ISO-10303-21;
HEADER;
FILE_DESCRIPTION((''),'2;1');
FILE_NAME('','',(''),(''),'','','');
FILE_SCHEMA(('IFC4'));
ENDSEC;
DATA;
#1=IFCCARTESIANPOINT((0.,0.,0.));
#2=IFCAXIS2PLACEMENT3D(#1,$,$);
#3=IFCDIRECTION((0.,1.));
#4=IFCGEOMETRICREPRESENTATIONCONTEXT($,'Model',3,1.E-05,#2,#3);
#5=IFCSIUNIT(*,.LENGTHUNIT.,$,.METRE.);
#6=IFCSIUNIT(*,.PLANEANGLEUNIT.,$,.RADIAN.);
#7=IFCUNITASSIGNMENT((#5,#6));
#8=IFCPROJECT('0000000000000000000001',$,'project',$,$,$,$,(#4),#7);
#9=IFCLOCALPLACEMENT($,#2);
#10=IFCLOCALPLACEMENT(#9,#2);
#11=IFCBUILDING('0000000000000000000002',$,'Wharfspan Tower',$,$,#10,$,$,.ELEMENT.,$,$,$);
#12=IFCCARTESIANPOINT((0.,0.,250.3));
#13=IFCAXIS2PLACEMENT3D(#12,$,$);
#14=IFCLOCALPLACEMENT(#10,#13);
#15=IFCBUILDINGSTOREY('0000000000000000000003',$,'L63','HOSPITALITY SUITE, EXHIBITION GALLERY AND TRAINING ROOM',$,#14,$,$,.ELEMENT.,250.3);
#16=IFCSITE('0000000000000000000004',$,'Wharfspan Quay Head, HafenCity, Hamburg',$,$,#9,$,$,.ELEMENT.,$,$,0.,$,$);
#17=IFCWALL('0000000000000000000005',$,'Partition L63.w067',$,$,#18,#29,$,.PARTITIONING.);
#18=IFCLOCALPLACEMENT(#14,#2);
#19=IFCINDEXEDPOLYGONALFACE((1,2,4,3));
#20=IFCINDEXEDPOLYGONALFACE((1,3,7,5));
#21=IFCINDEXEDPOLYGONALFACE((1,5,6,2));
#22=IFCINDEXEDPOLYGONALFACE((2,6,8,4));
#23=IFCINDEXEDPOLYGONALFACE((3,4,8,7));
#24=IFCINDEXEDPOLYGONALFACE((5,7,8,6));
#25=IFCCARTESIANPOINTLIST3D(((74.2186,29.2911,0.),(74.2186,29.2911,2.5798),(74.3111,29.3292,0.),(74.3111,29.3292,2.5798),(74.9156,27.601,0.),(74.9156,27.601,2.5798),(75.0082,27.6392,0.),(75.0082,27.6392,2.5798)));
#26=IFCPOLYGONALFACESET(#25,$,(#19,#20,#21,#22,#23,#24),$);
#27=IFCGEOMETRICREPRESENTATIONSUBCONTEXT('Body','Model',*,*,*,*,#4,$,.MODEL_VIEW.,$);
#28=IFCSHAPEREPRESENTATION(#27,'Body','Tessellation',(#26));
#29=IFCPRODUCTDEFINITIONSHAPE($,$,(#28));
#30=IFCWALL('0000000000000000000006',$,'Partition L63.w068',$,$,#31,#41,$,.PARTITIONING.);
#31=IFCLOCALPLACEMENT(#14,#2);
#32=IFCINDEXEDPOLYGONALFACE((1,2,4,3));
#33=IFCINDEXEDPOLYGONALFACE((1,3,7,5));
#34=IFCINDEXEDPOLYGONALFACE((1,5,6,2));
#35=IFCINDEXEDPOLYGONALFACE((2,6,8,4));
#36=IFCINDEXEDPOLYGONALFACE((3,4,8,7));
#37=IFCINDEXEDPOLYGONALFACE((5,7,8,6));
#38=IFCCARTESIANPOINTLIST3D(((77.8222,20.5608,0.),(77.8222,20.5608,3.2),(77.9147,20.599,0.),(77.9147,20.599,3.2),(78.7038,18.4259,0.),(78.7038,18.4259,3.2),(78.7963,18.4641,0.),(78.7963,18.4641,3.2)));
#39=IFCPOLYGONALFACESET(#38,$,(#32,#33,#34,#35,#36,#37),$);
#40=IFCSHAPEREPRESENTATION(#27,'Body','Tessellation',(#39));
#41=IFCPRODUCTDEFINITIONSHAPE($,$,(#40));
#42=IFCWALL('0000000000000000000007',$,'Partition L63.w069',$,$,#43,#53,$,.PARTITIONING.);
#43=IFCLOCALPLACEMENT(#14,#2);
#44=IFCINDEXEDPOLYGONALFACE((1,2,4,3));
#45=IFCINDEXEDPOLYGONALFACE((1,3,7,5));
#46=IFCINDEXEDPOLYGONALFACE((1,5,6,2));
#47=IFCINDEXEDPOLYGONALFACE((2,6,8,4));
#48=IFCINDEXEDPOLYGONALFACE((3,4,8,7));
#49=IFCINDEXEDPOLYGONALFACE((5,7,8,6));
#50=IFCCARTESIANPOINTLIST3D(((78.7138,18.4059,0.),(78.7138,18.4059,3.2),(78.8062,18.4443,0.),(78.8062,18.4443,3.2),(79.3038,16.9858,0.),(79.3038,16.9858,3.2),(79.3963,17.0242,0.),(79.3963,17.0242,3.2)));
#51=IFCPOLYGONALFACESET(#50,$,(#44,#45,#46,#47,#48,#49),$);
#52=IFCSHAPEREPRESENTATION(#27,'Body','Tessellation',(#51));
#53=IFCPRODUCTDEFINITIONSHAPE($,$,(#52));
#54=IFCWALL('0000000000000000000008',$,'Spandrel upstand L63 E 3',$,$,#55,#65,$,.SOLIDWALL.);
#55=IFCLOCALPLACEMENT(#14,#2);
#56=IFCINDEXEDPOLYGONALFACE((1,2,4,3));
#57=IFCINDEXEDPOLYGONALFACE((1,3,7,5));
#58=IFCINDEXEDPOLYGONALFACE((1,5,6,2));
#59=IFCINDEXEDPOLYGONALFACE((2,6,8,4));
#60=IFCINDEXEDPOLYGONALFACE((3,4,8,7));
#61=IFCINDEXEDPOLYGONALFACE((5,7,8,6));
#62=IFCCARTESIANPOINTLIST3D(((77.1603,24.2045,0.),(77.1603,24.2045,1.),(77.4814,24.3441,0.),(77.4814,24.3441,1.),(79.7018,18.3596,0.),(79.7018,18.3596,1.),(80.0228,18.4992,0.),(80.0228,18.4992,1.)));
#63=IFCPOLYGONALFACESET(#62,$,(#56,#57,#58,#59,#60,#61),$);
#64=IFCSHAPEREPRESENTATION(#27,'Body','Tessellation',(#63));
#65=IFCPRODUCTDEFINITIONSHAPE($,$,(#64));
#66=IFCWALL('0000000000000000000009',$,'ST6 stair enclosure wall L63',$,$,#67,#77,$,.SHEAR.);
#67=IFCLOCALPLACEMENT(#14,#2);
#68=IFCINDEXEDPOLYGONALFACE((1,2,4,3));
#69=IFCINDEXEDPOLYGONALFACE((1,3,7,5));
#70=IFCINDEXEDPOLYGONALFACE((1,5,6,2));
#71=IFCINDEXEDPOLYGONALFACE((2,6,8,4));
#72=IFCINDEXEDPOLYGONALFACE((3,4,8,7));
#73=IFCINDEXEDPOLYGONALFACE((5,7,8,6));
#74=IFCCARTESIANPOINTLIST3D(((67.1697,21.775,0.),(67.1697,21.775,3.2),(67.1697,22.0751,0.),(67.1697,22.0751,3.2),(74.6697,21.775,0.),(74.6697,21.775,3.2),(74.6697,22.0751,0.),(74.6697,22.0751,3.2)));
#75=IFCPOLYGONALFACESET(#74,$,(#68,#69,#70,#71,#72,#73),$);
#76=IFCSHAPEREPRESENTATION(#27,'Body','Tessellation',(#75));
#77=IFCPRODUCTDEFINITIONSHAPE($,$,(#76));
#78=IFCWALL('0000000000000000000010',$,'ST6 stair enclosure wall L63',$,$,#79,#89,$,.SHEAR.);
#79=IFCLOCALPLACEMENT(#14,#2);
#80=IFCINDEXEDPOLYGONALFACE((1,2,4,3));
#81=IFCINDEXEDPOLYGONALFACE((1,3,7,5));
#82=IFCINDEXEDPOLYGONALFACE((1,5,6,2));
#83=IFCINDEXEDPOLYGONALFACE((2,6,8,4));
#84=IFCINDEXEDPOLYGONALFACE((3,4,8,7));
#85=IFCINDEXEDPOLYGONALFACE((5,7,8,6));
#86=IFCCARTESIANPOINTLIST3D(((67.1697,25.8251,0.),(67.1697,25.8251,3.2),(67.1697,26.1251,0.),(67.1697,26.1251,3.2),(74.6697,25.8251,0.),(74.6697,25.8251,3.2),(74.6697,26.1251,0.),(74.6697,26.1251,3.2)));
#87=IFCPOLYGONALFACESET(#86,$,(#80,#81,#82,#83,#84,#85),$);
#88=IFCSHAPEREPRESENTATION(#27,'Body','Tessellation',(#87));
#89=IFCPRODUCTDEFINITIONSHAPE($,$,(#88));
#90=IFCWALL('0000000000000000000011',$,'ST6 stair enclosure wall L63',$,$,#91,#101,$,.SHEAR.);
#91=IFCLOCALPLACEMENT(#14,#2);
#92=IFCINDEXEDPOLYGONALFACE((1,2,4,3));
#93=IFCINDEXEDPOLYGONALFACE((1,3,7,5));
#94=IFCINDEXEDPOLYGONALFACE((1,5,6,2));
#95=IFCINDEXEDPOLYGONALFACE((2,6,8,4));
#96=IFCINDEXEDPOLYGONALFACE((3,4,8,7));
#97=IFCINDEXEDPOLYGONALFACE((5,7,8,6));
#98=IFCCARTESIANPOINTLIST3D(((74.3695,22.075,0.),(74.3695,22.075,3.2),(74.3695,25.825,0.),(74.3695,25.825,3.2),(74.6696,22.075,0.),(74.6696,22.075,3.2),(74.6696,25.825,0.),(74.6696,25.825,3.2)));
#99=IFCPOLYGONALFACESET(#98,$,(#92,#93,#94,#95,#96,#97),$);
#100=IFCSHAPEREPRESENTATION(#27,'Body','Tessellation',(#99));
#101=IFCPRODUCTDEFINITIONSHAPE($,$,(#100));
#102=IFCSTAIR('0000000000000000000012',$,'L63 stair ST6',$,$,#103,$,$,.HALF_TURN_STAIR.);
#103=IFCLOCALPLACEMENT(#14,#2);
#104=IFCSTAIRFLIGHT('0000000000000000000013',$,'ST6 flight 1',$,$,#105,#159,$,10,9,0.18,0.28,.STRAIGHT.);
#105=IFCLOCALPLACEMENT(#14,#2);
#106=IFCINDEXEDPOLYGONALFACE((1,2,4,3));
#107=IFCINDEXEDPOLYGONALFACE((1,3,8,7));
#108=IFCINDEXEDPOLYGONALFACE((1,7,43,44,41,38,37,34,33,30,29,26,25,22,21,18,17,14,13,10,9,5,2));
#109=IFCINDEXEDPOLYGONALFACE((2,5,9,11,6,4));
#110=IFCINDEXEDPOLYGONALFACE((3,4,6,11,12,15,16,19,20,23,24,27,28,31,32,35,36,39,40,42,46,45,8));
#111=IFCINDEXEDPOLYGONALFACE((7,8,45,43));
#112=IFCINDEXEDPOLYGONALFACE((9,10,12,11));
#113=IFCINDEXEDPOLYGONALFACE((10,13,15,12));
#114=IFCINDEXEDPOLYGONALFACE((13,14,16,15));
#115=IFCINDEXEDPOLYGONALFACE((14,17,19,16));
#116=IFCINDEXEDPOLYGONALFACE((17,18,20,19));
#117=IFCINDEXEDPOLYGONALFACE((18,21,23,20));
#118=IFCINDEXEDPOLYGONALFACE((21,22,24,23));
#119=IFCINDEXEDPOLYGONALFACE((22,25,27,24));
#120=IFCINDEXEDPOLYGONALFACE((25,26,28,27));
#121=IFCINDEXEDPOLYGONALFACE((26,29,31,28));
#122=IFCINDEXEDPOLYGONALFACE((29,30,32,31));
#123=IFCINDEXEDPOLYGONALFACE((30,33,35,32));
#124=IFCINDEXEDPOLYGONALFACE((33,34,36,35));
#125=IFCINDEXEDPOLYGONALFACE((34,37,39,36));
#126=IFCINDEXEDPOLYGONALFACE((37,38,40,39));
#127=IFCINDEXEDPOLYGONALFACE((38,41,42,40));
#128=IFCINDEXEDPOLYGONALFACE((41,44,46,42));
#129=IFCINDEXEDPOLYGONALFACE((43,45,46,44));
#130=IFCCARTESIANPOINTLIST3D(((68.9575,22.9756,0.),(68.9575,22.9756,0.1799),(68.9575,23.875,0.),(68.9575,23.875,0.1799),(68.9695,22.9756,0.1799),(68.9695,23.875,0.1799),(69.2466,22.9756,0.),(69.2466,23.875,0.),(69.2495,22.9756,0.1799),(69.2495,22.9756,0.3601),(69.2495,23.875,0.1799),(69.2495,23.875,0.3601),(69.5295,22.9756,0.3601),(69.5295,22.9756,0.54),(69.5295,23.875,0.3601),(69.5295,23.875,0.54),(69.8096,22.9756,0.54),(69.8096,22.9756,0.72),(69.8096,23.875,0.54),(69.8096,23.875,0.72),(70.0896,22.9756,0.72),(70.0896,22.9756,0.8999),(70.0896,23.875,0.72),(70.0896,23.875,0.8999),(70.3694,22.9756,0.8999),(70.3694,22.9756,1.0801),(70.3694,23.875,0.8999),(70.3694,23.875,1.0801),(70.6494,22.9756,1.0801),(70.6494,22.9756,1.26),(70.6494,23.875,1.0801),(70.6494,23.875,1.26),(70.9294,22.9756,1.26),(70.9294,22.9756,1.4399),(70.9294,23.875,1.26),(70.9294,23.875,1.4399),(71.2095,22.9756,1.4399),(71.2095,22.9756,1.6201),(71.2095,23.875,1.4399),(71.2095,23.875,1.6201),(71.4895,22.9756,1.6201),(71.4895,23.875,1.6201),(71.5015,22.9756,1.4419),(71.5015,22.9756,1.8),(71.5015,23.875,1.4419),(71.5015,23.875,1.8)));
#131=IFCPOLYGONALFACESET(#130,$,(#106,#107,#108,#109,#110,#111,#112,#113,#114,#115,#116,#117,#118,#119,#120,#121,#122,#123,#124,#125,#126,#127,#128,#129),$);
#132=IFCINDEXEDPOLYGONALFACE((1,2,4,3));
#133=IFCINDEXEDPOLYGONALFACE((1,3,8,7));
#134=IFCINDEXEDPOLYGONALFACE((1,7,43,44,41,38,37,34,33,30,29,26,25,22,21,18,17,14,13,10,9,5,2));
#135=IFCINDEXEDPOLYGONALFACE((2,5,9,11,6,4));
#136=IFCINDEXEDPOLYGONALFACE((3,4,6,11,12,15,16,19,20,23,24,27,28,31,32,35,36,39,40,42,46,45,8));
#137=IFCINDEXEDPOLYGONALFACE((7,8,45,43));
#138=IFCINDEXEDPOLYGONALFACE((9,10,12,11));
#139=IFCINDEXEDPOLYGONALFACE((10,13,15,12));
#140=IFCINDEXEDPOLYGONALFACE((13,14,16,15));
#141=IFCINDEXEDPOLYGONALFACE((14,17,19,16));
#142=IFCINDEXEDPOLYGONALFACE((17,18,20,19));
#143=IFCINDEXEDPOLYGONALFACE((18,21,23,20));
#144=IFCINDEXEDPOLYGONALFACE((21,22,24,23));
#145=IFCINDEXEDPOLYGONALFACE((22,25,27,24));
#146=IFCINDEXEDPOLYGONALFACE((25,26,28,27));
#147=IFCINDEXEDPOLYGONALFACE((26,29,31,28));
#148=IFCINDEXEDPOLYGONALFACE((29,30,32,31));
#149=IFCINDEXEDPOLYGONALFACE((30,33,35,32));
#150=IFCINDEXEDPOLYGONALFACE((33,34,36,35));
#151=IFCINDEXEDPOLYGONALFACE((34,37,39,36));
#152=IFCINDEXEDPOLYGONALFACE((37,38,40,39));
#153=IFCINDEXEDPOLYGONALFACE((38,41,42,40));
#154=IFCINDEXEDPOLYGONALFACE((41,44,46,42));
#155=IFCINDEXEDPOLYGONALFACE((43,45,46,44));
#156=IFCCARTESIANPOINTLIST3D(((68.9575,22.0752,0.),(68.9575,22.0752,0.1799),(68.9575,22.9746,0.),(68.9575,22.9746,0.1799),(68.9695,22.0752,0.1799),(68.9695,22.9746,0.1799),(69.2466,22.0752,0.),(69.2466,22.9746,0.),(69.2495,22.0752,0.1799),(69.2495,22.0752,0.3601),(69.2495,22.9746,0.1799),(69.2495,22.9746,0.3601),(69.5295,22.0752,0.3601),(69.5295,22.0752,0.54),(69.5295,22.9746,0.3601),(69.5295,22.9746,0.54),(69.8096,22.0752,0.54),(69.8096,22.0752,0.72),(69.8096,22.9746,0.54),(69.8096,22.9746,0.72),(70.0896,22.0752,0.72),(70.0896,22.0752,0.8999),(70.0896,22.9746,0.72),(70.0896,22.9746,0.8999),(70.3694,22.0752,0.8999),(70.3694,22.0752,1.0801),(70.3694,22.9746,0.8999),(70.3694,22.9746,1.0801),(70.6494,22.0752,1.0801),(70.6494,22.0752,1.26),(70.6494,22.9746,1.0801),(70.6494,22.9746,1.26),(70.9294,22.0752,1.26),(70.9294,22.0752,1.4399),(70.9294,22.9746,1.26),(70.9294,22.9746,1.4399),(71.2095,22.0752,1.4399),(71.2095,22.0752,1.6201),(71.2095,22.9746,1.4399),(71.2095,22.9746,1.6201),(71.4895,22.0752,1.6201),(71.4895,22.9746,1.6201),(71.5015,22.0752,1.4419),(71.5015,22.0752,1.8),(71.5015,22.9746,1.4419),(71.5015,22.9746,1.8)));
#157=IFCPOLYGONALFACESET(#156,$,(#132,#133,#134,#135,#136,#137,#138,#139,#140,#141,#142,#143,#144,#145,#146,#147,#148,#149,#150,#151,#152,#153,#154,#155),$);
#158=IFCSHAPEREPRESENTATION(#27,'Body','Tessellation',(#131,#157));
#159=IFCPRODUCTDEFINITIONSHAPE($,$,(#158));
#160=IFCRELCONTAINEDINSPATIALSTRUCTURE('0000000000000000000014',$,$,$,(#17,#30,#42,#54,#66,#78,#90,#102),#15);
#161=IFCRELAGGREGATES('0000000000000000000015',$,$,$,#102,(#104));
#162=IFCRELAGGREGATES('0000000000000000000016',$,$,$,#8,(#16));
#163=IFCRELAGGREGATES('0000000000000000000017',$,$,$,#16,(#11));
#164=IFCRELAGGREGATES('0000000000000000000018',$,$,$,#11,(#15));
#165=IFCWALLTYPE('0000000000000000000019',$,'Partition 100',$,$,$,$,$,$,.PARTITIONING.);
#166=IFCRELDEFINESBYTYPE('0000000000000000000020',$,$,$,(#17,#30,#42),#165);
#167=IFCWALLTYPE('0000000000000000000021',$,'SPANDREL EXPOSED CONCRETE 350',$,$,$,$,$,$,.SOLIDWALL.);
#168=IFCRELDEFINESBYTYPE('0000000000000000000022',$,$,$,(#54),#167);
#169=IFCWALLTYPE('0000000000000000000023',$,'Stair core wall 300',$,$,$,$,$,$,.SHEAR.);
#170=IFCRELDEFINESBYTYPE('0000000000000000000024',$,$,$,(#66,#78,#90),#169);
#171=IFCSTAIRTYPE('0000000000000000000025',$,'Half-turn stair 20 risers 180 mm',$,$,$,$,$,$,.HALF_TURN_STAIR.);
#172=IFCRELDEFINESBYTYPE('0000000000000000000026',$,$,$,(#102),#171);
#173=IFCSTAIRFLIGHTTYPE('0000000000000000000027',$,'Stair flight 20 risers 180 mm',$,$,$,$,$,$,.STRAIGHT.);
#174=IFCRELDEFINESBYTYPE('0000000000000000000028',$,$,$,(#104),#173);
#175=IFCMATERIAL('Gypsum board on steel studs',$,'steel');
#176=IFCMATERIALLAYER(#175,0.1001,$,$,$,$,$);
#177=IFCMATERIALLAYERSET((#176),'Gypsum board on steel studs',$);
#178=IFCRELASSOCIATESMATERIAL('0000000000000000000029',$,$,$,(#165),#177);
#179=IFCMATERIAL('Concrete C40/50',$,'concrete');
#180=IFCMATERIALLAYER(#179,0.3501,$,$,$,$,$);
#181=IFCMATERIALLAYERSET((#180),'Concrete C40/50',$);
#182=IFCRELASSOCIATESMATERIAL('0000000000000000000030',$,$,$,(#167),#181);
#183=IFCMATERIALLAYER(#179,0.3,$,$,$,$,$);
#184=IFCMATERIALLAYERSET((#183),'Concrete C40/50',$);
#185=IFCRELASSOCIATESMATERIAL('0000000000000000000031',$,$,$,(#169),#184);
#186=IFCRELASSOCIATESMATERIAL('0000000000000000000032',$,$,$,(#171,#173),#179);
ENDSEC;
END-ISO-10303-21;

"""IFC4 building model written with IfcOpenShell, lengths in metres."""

from ifc_helpers import new_model, si_unit, direction, frame, frame_2d, origin, place, context, subcontext, project, spatial, polyline, rectangle, outline, extrude, material, layer, layer_set, type_object, element, aggregate, save


model = new_model("IFC4")

# Units and contexts
model_context = context("Model", 3, precision=1e-05, world=origin(), true_north=direction((0.0, 1.0)))
body_context = subcontext(model_context, "Body", "Model", "MODEL_VIEW")
ifc_project = project(units=[si_unit("LENGTHUNIT", "METRE"), si_unit("PLANEANGLEUNIT", "RADIAN")], contexts=[model_context])

# Site, building, storey
site_placement = place(None, origin())
site = spatial("IfcSite", under=ifc_project, at=site_placement, Name="Wharfspan Quay Head, HafenCity, Hamburg", CompositionType="ELEMENT", RefElevation=0.0)
building_placement = place(site_placement, origin())
building = spatial("IfcBuilding", under=site, at=building_placement, Name="Wharfspan Tower", CompositionType="ELEMENT")
storey_placement = place(building_placement, frame((0.0, 0.0, 250.3)))
storey = spatial("IfcBuildingStorey", under=building, at=storey_placement, Name="L63", Description="HOSPITALITY SUITE, EXHIBITION GALLERY AND TRAINING ROOM", CompositionType="ELEMENT", Elevation=250.3)

# Shared definitions
ifc_material_1 = material(Name="Gypsum board on steel studs", Category="steel")

# Walls
ifc_layer_1 = layer(ifc_material_1, 0.1001)
ifc_layer_set_1 = layer_set([ifc_layer_1], Name="Gypsum board on steel studs")
wall_type_1 = type_object("IfcWallType", Name="Partition 100", PredefinedType="PARTITIONING", material=ifc_layer_set_1)
wall_1_placement = place(storey_placement, frame((74.9619, 27.6201, 0.0), z_axis=(0.0, 0.0, 1.0), x_axis=(-0.381293, 0.924452, 0.0)))
element("IfcWall", 1, at=wall_1_placement, inside=storey, type_object=wall_type_1, Name="Partition L63.w067", PredefinedType="PARTITIONING", context=body_context, shape_type="SweptSolid", body=[
    extrude(rectangle(XDim=1.8281, YDim=0.1001, at=frame_2d((0.9141, 0.0))), origin(), (0.0, 0.0, 1.0), 2.5798),
])
wall_2_placement = place(storey_placement, frame((78.75, 18.4451, 0.0), z_axis=(0.0, 0.0, 1.0), x_axis=(-0.381663, 0.924299, 0.0)))
element("IfcWall", 2, at=wall_2_placement, inside=storey, type_object=wall_type_1, Name="Partition L63.w068", PredefinedType="PARTITIONING", context=body_context, shape_type="SweptSolid", body=[
    extrude(rectangle(XDim=2.3098, YDim=0.1001, at=frame_2d((1.1548, 0.0))), origin(), (0.0, 0.0, 1.0), 3.2),
])
wall_3_placement = place(storey_placement, frame((79.3501, 17.0049, 0.0), z_axis=(0.0, 0.0, 1.0), x_axis=(-0.383703, 0.923459, 0.0)))
element("IfcWall", 3, at=wall_3_placement, inside=storey, type_object=wall_type_1, Name="Partition L63.w069", PredefinedType="PARTITIONING", context=body_context, shape_type="SweptSolid", body=[
    extrude(rectangle(XDim=1.5378, YDim=0.1001, at=frame_2d((0.769, 0.0))), origin(), (0.0, 0.0, 1.0), 3.2),
])
ifc_material_2 = material(Name="Concrete C40/50", Category="concrete")
ifc_layer_2 = layer(ifc_material_2, 0.3501)
ifc_layer_set_2 = layer_set([ifc_layer_2], Name="Concrete C40/50")
wall_type_2 = type_object("IfcWallType", Name="SPANDREL EXPOSED CONCRETE 350", PredefinedType="SOLIDWALL", material=ifc_layer_set_2)
wall_4_placement = place(storey_placement, frame((79.8623, 18.4294, 0.0), z_axis=(0.0, 0.0, 1.0), x_axis=(-0.398755, 0.91706, 0.0)))
element("IfcWall", 4, at=wall_4_placement, inside=storey, type_object=wall_type_2, Name="Spandrel upstand L63 E 3", PredefinedType="SOLIDWALL", context=body_context, shape_type="SweptSolid", body=[
    extrude(rectangle(XDim=6.3735, YDim=0.3501, at=frame_2d((3.1868, 0.0))), origin(), (0.0, 0.0, 1.0), 1.0),
])
ifc_layer_3 = layer(ifc_material_2, 0.3)
ifc_layer_set_3 = layer_set([ifc_layer_3], Name="Concrete C40/50")
wall_type_3 = type_object("IfcWallType", Name="Stair core wall 300", PredefinedType="SHEAR", material=ifc_layer_set_3)
for number, where, z_axis, x_axis, name in (
    (5, (67.1697, 21.925, 0.0), (0.0, 0.0, 1.0), (1.0, 0.0, 0.0), "ST6 stair enclosure wall L63"),
    (6, (67.1697, 25.9751, 0.0), (0.0, 0.0, 1.0), (1.0, 0.0, 0.0), "ST6 stair enclosure wall L63"),
):
    element("IfcWall", number, at=place(storey_placement, frame(where, z_axis=z_axis, x_axis=x_axis)), inside=storey, type_object=wall_type_3, Name=name, PredefinedType="SHEAR", context=body_context, shape_type="SweptSolid", body=[
        extrude(rectangle(XDim=7.5, YDim=0.3, at=frame_2d((3.75, 0.0))), origin(), (0.0, 0.0, 1.0), 3.2),
    ])
wall_5_placement = place(storey_placement, frame((74.5195, 22.075, 0.0), z_axis=(0.0, 0.0, 1.0), x_axis=(0.0, 1.0, 0.0)))
element("IfcWall", 7, at=wall_5_placement, inside=storey, type_object=wall_type_3, Name="ST6 stair enclosure wall L63", PredefinedType="SHEAR", context=body_context, shape_type="SweptSolid", body=[
    extrude(rectangle(XDim=3.75, YDim=0.3, at=frame_2d((1.875, 0.0))), origin(), (0.0, 0.0, 1.0), 3.2),
])

# Stair, stair flight
stair_type = type_object("IfcStairType", Name="Half-turn stair 20 risers 180 mm", PredefinedType="HALF_TURN_STAIR", material=ifc_material_2)
stair_placement = place(storey_placement, origin())
stair = element("IfcStair", 8, at=stair_placement, inside=storey, type_object=stair_type, Name="L63 stair ST6", PredefinedType="HALF_TURN_STAIR")
stair_flight_type = type_object("IfcStairFlightType", Name="Stair flight 20 risers 180 mm", PredefinedType="STRAIGHT", material=ifc_material_2)
stair_flight_1_placement = place(storey_placement, frame((68.9695, 22.9751, 0.0), z_axis=(0.0, 0.0, 1.0), x_axis=(1.0, 0.0, 0.0)))
stair_flight_1 = element("IfcStairFlight", 9, at=stair_flight_1_placement, type_object=stair_flight_type, Name="ST6 flight 1", NumberOfRisers=10, NumberOfTreads=9, PredefinedType="STRAIGHT", RiserHeight=0.18, TreadLength=0.28, context=body_context, shape_type="SweptSolid", body=[
    extrude(outline(polyline([(-0.012, 0.0), (-0.012, 0.1799), (0.0, 0.1799), (0.28, 0.1799), (0.28, 0.3601), (0.5601, 0.3601), (0.5601, 0.54), (0.8401, 0.54), (0.8401, 0.72), (1.1201, 0.72), (1.1201, 0.8999), (1.3999, 0.8999), (1.3999, 1.0801), (1.6799, 1.0801), (1.6799, 1.26), (1.96, 1.26), (1.96, 1.4399), (2.24, 1.4399), (2.24, 1.6201), (2.52, 1.6201), (2.532, 1.8), (2.532, 1.4419), (0.2771, 0.0), (-0.012, 0.0)])), frame((0.0, 0.8999, 0.0), z_axis=(0.0, -1.0, 0.0), x_axis=(1.0, 0.0, 0.0)), (0.0, 0.0, 1.0), 0.8994),
    extrude(outline(polyline([(-0.012, 0.0), (-0.012, 0.1799), (0.0, 0.1799), (0.28, 0.1799), (0.28, 0.3601), (0.5601, 0.3601), (0.5601, 0.54), (0.8401, 0.54), (0.8401, 0.72), (1.1201, 0.72), (1.1201, 0.8999), (1.3999, 0.8999), (1.3999, 1.0801), (1.6799, 1.0801), (1.6799, 1.26), (1.96, 1.26), (1.96, 1.4399), (2.24, 1.4399), (2.24, 1.6201), (2.52, 1.6201), (2.532, 1.8), (2.532, 1.4419), (0.2771, 0.0), (-0.012, 0.0)])), frame((0.0, -0.0005, 0.0), z_axis=(0.0, -1.0, 0.0), x_axis=(1.0, 0.0, 0.0)), (0.0, 0.0, 1.0), 0.8994),
])
aggregate(stair, [stair_flight_1])

save(model, "model.ifc")
